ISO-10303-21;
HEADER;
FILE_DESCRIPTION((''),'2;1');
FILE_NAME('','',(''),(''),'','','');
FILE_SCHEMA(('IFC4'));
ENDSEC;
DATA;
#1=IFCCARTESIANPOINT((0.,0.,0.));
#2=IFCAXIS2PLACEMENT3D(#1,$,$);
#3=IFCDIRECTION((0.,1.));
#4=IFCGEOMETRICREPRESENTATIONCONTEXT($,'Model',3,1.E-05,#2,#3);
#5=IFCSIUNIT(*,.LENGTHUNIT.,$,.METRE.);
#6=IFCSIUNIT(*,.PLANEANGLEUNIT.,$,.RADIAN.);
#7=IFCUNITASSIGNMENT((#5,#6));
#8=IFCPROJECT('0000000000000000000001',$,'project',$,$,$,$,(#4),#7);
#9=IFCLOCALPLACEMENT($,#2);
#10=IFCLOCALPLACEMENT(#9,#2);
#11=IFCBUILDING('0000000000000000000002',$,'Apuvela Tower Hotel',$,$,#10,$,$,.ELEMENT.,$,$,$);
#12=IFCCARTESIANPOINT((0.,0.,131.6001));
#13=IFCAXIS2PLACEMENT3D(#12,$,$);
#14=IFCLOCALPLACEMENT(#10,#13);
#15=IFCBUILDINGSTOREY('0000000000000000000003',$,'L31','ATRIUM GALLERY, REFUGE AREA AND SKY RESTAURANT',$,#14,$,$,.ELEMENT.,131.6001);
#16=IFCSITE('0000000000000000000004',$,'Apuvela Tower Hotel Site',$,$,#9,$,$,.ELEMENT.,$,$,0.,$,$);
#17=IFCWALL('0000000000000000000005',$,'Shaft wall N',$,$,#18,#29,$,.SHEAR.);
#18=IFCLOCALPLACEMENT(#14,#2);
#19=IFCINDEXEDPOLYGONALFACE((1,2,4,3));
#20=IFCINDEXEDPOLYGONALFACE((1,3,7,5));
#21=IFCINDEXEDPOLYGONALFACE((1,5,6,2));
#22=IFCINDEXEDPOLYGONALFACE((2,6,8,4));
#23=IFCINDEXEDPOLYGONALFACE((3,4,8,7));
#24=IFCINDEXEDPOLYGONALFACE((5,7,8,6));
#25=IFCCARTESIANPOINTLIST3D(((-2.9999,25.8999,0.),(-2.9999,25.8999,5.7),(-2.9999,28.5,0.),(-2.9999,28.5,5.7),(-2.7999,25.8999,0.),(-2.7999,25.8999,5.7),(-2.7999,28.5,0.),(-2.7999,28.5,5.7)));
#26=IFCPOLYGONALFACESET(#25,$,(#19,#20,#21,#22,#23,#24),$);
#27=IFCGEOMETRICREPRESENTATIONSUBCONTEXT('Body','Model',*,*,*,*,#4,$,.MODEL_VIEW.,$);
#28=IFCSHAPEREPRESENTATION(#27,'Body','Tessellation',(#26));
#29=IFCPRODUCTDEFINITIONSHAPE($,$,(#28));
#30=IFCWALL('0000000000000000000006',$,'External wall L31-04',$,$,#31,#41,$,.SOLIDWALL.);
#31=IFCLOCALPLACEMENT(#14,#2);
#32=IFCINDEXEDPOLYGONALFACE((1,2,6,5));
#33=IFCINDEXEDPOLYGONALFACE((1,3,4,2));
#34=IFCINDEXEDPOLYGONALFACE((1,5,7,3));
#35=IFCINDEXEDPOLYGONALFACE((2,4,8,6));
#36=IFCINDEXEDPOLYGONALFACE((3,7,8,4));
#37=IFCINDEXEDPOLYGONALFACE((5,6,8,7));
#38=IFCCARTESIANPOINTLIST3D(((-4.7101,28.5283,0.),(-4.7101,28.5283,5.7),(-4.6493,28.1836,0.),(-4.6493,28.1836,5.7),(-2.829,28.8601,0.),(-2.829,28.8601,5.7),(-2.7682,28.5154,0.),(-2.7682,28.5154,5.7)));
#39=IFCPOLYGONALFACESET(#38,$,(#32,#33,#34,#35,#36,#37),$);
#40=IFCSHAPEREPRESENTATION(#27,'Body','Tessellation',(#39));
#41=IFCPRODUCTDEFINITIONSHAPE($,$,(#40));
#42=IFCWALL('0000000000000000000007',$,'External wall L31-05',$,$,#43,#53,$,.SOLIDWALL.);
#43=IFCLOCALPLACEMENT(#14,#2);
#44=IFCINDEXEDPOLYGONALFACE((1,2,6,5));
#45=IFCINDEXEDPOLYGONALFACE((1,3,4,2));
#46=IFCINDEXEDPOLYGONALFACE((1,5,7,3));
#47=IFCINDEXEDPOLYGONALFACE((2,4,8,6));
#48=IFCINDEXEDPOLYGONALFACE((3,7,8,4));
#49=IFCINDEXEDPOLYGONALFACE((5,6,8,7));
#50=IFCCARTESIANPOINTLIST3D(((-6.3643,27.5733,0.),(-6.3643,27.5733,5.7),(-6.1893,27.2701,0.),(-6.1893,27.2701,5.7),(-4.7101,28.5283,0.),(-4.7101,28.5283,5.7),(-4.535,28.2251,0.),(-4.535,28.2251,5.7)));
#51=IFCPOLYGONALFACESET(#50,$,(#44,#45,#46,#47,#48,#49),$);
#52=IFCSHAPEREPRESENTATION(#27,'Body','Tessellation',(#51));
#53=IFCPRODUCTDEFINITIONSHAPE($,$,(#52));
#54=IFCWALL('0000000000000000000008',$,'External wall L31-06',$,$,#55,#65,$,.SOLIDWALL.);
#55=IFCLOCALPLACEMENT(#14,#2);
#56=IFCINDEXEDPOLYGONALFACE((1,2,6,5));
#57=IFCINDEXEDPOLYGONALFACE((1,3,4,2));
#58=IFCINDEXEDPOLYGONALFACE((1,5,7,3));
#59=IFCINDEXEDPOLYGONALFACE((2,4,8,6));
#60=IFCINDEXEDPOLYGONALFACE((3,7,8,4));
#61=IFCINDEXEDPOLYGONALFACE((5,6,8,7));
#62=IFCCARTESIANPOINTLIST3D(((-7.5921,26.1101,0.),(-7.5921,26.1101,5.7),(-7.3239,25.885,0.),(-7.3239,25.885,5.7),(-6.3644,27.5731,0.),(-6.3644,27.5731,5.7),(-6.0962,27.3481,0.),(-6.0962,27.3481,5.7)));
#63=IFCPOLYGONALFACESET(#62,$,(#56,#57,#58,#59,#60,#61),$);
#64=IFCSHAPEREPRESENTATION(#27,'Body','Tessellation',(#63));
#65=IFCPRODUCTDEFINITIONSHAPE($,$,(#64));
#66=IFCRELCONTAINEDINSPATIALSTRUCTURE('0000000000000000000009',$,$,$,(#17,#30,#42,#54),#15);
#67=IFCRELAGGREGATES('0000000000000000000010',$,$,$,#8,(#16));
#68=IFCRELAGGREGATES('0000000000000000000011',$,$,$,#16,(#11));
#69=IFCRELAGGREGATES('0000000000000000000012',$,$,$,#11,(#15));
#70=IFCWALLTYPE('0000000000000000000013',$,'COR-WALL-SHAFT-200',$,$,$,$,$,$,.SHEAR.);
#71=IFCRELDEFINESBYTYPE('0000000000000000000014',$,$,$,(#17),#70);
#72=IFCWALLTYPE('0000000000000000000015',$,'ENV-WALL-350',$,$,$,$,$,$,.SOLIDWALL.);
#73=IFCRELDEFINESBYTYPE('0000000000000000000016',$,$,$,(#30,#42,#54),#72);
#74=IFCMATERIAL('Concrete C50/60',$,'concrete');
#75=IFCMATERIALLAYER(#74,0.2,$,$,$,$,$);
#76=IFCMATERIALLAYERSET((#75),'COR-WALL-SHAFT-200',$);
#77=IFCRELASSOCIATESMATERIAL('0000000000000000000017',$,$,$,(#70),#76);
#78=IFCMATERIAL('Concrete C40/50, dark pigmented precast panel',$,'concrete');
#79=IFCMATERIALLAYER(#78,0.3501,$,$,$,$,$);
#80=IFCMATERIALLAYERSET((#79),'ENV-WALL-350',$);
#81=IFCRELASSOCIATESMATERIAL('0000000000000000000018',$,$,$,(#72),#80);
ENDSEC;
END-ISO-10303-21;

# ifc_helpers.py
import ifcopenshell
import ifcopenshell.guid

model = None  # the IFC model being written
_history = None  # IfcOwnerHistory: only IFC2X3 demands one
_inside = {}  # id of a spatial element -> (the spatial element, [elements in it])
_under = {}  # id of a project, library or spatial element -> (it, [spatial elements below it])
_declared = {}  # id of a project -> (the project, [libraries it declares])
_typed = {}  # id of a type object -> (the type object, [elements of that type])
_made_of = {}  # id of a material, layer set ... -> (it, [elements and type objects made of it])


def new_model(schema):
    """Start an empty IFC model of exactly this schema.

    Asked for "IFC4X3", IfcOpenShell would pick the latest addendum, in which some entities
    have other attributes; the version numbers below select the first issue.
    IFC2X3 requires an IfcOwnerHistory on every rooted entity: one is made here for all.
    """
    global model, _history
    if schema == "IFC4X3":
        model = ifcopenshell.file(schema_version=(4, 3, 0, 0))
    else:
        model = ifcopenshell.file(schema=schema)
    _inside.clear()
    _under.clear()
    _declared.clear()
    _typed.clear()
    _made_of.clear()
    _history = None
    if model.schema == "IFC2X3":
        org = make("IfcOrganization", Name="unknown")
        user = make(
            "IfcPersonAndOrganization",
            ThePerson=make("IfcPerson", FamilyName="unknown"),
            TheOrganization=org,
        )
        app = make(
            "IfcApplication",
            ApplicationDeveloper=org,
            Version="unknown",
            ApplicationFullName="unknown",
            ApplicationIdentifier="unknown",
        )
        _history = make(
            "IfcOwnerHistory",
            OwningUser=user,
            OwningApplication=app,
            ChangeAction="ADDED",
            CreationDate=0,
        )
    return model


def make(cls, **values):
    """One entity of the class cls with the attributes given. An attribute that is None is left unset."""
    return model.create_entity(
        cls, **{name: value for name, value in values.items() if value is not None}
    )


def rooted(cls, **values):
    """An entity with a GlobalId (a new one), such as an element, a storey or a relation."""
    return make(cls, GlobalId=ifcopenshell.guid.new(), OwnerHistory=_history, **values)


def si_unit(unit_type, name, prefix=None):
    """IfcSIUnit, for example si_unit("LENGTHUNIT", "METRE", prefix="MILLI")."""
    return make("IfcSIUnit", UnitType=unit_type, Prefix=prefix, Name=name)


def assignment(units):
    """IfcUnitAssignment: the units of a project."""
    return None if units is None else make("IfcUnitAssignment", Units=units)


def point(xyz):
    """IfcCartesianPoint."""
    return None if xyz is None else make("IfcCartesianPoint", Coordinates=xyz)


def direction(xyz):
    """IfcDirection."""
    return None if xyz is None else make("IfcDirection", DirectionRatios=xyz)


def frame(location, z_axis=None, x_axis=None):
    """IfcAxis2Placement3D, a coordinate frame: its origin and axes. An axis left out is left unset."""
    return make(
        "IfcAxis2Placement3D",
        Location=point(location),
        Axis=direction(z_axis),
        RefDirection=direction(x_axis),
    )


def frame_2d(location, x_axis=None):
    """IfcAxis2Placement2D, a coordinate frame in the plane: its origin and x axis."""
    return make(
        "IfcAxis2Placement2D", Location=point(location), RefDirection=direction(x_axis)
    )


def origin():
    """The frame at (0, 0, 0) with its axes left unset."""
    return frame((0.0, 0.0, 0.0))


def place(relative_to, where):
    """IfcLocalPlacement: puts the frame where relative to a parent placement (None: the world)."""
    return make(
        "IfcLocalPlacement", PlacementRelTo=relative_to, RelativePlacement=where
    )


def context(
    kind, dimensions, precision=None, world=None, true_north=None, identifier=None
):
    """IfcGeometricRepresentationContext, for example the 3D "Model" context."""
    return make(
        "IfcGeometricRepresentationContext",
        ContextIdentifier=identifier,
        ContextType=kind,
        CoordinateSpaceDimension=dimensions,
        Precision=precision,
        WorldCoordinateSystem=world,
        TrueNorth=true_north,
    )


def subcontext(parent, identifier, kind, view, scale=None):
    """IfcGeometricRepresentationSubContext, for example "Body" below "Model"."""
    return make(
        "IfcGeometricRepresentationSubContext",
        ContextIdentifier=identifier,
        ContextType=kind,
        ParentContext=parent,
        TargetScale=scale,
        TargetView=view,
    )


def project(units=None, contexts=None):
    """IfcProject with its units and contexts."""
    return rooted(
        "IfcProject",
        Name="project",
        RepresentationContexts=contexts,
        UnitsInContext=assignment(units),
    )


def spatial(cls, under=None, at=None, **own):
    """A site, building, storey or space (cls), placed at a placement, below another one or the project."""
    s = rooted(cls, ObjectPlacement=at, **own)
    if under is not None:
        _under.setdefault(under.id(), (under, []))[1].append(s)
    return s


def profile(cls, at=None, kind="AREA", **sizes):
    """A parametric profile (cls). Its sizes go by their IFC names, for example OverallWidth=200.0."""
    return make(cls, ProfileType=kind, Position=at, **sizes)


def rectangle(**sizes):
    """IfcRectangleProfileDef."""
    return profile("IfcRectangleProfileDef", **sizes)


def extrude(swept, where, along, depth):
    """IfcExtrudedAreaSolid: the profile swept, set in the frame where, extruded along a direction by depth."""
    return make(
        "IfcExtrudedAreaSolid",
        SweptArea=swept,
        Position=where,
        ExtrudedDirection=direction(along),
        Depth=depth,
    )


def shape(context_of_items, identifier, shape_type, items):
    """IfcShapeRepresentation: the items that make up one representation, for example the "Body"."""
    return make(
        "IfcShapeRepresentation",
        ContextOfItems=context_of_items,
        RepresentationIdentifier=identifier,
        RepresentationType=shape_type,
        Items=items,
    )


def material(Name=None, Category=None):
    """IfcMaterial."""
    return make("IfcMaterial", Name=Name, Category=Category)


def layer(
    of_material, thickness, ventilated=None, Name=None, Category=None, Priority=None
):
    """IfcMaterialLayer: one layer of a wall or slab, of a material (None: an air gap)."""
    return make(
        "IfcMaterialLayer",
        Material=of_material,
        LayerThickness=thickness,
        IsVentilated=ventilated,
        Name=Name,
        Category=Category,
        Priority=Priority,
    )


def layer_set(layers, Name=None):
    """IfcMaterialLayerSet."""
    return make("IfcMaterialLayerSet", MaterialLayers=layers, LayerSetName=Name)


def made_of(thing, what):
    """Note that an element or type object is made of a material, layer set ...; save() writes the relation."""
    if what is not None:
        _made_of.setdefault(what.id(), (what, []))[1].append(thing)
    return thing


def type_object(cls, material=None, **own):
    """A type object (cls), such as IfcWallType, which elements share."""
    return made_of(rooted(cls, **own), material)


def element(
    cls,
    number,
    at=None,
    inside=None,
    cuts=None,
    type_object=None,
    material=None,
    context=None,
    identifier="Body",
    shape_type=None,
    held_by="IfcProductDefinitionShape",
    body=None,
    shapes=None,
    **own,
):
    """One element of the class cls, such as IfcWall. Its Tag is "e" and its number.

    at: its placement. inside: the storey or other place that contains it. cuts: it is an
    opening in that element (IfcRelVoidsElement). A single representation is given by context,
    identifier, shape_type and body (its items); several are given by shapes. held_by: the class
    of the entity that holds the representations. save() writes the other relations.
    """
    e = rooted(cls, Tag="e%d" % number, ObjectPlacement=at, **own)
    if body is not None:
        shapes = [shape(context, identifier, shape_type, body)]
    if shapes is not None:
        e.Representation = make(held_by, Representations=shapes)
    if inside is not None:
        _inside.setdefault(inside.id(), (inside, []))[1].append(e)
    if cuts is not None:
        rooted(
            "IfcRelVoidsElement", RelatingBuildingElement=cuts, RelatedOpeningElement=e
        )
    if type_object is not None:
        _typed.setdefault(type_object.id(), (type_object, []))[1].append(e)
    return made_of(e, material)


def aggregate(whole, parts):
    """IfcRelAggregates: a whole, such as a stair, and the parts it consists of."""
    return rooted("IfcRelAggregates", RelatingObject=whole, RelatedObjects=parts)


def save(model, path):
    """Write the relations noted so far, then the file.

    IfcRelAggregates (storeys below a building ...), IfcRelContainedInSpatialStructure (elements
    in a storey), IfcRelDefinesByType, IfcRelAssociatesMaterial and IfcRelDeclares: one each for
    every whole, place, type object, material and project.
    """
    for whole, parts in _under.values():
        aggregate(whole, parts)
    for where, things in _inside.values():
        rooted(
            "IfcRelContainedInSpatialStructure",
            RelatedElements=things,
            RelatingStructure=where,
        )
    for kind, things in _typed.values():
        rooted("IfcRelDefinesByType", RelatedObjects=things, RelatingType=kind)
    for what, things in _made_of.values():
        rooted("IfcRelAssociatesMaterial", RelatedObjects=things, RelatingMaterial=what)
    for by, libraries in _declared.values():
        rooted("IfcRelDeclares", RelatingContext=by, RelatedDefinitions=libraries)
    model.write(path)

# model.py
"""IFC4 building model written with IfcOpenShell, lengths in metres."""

from ifc_helpers import new_model, si_unit, direction, frame, frame_2d, origin, place, context, subcontext, project, spatial, rectangle, extrude, material, layer, layer_set, type_object, element, save


model = new_model("IFC4")

# Units and contexts
model_context = context("Model", 3, precision=1e-05, world=origin(), true_north=direction((0.0, 1.0)))
body_context = subcontext(model_context, "Body", "Model", "MODEL_VIEW")
ifc_project = project(units=[si_unit("LENGTHUNIT", "METRE"), si_unit("PLANEANGLEUNIT", "RADIAN")], contexts=[model_context])

# Site, building, storey
site_placement = place(None, origin())
site = spatial("IfcSite", under=ifc_project, at=site_placement, Name="Apuvela Tower Hotel Site", CompositionType="ELEMENT", RefElevation=0.0)
building_placement = place(site_placement, origin())
building = spatial("IfcBuilding", under=site, at=building_placement, Name="Apuvela Tower Hotel", CompositionType="ELEMENT")
storey_placement = place(building_placement, frame((0.0, 0.0, 131.6001)))
storey = spatial("IfcBuildingStorey", under=building, at=storey_placement, Name="L31", Description="ATRIUM GALLERY, REFUGE AREA AND SKY RESTAURANT", CompositionType="ELEMENT", Elevation=131.6001)

# Shared definitions
ifc_material_1 = material(Name="Concrete C50/60", Category="concrete")
ifc_layer_1 = layer(ifc_material_1, 0.2)
ifc_layer_set_1 = layer_set([ifc_layer_1], Name="COR-WALL-SHAFT-200")
wall_type_1 = type_object("IfcWallType", Name="COR-WALL-SHAFT-200", PredefinedType="SHEAR", material=ifc_layer_set_1)

# Walls
wall_1_placement = place(storey_placement, frame((-2.8999, 25.8999, 0.0), z_axis=(0.0, 0.0, 1.0), x_axis=(0.0, 1.0, 0.0)))
element("IfcWall", 1, at=wall_1_placement, inside=storey, type_object=wall_type_1, Name="Shaft wall N", PredefinedType="SHEAR", context=body_context, shape_type="SweptSolid", body=[
    extrude(rectangle(XDim=2.6001, YDim=0.2, at=frame_2d((1.3, 0.0))), origin(), (0.0, 0.0, 1.0), 5.7),
])
ifc_material_2 = material(Name="Concrete C40/50, dark pigmented precast panel", Category="concrete")
ifc_layer_2 = layer(ifc_material_2, 0.3501)
ifc_layer_set_2 = layer_set([ifc_layer_2], Name="ENV-WALL-350")
wall_type_2 = type_object("IfcWallType", Name="ENV-WALL-350", PredefinedType="SOLIDWALL", material=ifc_layer_set_2)
for number, where, z_axis, x_axis, name in (
    (2, (-2.7986, 28.6877, 0.0), (0.0, 0.0, 1.0), (-0.984799, -0.173698, 0.0), "External wall L31-04"),
    (3, (-4.6226, 28.3767, 0.0), (0.0, 0.0, 1.0), (-0.866032, -0.499988, 0.0), "External wall L31-05"),
):
    element("IfcWall", number, at=place(storey_placement, frame(where, z_axis=z_axis, x_axis=x_axis)), inside=storey, type_object=wall_type_2, Name=name, PredefinedType="SOLIDWALL", context=body_context, shape_type="SweptSolid", body=[
        extrude(rectangle(XDim=1.9102, YDim=0.3501, at=frame_2d((0.9551, 0.0))), origin(), (0.0, 0.0, 1.0), 5.7),
    ])
wall_2_placement = place(storey_placement, frame((-6.2302, 27.4607, 0.0), z_axis=(0.0, 0.0, 1.0), x_axis=(-0.642808, -0.766027, 0.0)))
element("IfcWall", 4, at=wall_2_placement, inside=storey, type_object=wall_type_2, Name="External wall L31-06", PredefinedType="SOLIDWALL", context=body_context, shape_type="SweptSolid", body=[
    extrude(rectangle(XDim=1.9099, YDim=0.3501, at=frame_2d((0.9551, 0.0))), origin(), (0.0, 0.0, 1.0), 5.7),
])

save(model, "model.ifc")
